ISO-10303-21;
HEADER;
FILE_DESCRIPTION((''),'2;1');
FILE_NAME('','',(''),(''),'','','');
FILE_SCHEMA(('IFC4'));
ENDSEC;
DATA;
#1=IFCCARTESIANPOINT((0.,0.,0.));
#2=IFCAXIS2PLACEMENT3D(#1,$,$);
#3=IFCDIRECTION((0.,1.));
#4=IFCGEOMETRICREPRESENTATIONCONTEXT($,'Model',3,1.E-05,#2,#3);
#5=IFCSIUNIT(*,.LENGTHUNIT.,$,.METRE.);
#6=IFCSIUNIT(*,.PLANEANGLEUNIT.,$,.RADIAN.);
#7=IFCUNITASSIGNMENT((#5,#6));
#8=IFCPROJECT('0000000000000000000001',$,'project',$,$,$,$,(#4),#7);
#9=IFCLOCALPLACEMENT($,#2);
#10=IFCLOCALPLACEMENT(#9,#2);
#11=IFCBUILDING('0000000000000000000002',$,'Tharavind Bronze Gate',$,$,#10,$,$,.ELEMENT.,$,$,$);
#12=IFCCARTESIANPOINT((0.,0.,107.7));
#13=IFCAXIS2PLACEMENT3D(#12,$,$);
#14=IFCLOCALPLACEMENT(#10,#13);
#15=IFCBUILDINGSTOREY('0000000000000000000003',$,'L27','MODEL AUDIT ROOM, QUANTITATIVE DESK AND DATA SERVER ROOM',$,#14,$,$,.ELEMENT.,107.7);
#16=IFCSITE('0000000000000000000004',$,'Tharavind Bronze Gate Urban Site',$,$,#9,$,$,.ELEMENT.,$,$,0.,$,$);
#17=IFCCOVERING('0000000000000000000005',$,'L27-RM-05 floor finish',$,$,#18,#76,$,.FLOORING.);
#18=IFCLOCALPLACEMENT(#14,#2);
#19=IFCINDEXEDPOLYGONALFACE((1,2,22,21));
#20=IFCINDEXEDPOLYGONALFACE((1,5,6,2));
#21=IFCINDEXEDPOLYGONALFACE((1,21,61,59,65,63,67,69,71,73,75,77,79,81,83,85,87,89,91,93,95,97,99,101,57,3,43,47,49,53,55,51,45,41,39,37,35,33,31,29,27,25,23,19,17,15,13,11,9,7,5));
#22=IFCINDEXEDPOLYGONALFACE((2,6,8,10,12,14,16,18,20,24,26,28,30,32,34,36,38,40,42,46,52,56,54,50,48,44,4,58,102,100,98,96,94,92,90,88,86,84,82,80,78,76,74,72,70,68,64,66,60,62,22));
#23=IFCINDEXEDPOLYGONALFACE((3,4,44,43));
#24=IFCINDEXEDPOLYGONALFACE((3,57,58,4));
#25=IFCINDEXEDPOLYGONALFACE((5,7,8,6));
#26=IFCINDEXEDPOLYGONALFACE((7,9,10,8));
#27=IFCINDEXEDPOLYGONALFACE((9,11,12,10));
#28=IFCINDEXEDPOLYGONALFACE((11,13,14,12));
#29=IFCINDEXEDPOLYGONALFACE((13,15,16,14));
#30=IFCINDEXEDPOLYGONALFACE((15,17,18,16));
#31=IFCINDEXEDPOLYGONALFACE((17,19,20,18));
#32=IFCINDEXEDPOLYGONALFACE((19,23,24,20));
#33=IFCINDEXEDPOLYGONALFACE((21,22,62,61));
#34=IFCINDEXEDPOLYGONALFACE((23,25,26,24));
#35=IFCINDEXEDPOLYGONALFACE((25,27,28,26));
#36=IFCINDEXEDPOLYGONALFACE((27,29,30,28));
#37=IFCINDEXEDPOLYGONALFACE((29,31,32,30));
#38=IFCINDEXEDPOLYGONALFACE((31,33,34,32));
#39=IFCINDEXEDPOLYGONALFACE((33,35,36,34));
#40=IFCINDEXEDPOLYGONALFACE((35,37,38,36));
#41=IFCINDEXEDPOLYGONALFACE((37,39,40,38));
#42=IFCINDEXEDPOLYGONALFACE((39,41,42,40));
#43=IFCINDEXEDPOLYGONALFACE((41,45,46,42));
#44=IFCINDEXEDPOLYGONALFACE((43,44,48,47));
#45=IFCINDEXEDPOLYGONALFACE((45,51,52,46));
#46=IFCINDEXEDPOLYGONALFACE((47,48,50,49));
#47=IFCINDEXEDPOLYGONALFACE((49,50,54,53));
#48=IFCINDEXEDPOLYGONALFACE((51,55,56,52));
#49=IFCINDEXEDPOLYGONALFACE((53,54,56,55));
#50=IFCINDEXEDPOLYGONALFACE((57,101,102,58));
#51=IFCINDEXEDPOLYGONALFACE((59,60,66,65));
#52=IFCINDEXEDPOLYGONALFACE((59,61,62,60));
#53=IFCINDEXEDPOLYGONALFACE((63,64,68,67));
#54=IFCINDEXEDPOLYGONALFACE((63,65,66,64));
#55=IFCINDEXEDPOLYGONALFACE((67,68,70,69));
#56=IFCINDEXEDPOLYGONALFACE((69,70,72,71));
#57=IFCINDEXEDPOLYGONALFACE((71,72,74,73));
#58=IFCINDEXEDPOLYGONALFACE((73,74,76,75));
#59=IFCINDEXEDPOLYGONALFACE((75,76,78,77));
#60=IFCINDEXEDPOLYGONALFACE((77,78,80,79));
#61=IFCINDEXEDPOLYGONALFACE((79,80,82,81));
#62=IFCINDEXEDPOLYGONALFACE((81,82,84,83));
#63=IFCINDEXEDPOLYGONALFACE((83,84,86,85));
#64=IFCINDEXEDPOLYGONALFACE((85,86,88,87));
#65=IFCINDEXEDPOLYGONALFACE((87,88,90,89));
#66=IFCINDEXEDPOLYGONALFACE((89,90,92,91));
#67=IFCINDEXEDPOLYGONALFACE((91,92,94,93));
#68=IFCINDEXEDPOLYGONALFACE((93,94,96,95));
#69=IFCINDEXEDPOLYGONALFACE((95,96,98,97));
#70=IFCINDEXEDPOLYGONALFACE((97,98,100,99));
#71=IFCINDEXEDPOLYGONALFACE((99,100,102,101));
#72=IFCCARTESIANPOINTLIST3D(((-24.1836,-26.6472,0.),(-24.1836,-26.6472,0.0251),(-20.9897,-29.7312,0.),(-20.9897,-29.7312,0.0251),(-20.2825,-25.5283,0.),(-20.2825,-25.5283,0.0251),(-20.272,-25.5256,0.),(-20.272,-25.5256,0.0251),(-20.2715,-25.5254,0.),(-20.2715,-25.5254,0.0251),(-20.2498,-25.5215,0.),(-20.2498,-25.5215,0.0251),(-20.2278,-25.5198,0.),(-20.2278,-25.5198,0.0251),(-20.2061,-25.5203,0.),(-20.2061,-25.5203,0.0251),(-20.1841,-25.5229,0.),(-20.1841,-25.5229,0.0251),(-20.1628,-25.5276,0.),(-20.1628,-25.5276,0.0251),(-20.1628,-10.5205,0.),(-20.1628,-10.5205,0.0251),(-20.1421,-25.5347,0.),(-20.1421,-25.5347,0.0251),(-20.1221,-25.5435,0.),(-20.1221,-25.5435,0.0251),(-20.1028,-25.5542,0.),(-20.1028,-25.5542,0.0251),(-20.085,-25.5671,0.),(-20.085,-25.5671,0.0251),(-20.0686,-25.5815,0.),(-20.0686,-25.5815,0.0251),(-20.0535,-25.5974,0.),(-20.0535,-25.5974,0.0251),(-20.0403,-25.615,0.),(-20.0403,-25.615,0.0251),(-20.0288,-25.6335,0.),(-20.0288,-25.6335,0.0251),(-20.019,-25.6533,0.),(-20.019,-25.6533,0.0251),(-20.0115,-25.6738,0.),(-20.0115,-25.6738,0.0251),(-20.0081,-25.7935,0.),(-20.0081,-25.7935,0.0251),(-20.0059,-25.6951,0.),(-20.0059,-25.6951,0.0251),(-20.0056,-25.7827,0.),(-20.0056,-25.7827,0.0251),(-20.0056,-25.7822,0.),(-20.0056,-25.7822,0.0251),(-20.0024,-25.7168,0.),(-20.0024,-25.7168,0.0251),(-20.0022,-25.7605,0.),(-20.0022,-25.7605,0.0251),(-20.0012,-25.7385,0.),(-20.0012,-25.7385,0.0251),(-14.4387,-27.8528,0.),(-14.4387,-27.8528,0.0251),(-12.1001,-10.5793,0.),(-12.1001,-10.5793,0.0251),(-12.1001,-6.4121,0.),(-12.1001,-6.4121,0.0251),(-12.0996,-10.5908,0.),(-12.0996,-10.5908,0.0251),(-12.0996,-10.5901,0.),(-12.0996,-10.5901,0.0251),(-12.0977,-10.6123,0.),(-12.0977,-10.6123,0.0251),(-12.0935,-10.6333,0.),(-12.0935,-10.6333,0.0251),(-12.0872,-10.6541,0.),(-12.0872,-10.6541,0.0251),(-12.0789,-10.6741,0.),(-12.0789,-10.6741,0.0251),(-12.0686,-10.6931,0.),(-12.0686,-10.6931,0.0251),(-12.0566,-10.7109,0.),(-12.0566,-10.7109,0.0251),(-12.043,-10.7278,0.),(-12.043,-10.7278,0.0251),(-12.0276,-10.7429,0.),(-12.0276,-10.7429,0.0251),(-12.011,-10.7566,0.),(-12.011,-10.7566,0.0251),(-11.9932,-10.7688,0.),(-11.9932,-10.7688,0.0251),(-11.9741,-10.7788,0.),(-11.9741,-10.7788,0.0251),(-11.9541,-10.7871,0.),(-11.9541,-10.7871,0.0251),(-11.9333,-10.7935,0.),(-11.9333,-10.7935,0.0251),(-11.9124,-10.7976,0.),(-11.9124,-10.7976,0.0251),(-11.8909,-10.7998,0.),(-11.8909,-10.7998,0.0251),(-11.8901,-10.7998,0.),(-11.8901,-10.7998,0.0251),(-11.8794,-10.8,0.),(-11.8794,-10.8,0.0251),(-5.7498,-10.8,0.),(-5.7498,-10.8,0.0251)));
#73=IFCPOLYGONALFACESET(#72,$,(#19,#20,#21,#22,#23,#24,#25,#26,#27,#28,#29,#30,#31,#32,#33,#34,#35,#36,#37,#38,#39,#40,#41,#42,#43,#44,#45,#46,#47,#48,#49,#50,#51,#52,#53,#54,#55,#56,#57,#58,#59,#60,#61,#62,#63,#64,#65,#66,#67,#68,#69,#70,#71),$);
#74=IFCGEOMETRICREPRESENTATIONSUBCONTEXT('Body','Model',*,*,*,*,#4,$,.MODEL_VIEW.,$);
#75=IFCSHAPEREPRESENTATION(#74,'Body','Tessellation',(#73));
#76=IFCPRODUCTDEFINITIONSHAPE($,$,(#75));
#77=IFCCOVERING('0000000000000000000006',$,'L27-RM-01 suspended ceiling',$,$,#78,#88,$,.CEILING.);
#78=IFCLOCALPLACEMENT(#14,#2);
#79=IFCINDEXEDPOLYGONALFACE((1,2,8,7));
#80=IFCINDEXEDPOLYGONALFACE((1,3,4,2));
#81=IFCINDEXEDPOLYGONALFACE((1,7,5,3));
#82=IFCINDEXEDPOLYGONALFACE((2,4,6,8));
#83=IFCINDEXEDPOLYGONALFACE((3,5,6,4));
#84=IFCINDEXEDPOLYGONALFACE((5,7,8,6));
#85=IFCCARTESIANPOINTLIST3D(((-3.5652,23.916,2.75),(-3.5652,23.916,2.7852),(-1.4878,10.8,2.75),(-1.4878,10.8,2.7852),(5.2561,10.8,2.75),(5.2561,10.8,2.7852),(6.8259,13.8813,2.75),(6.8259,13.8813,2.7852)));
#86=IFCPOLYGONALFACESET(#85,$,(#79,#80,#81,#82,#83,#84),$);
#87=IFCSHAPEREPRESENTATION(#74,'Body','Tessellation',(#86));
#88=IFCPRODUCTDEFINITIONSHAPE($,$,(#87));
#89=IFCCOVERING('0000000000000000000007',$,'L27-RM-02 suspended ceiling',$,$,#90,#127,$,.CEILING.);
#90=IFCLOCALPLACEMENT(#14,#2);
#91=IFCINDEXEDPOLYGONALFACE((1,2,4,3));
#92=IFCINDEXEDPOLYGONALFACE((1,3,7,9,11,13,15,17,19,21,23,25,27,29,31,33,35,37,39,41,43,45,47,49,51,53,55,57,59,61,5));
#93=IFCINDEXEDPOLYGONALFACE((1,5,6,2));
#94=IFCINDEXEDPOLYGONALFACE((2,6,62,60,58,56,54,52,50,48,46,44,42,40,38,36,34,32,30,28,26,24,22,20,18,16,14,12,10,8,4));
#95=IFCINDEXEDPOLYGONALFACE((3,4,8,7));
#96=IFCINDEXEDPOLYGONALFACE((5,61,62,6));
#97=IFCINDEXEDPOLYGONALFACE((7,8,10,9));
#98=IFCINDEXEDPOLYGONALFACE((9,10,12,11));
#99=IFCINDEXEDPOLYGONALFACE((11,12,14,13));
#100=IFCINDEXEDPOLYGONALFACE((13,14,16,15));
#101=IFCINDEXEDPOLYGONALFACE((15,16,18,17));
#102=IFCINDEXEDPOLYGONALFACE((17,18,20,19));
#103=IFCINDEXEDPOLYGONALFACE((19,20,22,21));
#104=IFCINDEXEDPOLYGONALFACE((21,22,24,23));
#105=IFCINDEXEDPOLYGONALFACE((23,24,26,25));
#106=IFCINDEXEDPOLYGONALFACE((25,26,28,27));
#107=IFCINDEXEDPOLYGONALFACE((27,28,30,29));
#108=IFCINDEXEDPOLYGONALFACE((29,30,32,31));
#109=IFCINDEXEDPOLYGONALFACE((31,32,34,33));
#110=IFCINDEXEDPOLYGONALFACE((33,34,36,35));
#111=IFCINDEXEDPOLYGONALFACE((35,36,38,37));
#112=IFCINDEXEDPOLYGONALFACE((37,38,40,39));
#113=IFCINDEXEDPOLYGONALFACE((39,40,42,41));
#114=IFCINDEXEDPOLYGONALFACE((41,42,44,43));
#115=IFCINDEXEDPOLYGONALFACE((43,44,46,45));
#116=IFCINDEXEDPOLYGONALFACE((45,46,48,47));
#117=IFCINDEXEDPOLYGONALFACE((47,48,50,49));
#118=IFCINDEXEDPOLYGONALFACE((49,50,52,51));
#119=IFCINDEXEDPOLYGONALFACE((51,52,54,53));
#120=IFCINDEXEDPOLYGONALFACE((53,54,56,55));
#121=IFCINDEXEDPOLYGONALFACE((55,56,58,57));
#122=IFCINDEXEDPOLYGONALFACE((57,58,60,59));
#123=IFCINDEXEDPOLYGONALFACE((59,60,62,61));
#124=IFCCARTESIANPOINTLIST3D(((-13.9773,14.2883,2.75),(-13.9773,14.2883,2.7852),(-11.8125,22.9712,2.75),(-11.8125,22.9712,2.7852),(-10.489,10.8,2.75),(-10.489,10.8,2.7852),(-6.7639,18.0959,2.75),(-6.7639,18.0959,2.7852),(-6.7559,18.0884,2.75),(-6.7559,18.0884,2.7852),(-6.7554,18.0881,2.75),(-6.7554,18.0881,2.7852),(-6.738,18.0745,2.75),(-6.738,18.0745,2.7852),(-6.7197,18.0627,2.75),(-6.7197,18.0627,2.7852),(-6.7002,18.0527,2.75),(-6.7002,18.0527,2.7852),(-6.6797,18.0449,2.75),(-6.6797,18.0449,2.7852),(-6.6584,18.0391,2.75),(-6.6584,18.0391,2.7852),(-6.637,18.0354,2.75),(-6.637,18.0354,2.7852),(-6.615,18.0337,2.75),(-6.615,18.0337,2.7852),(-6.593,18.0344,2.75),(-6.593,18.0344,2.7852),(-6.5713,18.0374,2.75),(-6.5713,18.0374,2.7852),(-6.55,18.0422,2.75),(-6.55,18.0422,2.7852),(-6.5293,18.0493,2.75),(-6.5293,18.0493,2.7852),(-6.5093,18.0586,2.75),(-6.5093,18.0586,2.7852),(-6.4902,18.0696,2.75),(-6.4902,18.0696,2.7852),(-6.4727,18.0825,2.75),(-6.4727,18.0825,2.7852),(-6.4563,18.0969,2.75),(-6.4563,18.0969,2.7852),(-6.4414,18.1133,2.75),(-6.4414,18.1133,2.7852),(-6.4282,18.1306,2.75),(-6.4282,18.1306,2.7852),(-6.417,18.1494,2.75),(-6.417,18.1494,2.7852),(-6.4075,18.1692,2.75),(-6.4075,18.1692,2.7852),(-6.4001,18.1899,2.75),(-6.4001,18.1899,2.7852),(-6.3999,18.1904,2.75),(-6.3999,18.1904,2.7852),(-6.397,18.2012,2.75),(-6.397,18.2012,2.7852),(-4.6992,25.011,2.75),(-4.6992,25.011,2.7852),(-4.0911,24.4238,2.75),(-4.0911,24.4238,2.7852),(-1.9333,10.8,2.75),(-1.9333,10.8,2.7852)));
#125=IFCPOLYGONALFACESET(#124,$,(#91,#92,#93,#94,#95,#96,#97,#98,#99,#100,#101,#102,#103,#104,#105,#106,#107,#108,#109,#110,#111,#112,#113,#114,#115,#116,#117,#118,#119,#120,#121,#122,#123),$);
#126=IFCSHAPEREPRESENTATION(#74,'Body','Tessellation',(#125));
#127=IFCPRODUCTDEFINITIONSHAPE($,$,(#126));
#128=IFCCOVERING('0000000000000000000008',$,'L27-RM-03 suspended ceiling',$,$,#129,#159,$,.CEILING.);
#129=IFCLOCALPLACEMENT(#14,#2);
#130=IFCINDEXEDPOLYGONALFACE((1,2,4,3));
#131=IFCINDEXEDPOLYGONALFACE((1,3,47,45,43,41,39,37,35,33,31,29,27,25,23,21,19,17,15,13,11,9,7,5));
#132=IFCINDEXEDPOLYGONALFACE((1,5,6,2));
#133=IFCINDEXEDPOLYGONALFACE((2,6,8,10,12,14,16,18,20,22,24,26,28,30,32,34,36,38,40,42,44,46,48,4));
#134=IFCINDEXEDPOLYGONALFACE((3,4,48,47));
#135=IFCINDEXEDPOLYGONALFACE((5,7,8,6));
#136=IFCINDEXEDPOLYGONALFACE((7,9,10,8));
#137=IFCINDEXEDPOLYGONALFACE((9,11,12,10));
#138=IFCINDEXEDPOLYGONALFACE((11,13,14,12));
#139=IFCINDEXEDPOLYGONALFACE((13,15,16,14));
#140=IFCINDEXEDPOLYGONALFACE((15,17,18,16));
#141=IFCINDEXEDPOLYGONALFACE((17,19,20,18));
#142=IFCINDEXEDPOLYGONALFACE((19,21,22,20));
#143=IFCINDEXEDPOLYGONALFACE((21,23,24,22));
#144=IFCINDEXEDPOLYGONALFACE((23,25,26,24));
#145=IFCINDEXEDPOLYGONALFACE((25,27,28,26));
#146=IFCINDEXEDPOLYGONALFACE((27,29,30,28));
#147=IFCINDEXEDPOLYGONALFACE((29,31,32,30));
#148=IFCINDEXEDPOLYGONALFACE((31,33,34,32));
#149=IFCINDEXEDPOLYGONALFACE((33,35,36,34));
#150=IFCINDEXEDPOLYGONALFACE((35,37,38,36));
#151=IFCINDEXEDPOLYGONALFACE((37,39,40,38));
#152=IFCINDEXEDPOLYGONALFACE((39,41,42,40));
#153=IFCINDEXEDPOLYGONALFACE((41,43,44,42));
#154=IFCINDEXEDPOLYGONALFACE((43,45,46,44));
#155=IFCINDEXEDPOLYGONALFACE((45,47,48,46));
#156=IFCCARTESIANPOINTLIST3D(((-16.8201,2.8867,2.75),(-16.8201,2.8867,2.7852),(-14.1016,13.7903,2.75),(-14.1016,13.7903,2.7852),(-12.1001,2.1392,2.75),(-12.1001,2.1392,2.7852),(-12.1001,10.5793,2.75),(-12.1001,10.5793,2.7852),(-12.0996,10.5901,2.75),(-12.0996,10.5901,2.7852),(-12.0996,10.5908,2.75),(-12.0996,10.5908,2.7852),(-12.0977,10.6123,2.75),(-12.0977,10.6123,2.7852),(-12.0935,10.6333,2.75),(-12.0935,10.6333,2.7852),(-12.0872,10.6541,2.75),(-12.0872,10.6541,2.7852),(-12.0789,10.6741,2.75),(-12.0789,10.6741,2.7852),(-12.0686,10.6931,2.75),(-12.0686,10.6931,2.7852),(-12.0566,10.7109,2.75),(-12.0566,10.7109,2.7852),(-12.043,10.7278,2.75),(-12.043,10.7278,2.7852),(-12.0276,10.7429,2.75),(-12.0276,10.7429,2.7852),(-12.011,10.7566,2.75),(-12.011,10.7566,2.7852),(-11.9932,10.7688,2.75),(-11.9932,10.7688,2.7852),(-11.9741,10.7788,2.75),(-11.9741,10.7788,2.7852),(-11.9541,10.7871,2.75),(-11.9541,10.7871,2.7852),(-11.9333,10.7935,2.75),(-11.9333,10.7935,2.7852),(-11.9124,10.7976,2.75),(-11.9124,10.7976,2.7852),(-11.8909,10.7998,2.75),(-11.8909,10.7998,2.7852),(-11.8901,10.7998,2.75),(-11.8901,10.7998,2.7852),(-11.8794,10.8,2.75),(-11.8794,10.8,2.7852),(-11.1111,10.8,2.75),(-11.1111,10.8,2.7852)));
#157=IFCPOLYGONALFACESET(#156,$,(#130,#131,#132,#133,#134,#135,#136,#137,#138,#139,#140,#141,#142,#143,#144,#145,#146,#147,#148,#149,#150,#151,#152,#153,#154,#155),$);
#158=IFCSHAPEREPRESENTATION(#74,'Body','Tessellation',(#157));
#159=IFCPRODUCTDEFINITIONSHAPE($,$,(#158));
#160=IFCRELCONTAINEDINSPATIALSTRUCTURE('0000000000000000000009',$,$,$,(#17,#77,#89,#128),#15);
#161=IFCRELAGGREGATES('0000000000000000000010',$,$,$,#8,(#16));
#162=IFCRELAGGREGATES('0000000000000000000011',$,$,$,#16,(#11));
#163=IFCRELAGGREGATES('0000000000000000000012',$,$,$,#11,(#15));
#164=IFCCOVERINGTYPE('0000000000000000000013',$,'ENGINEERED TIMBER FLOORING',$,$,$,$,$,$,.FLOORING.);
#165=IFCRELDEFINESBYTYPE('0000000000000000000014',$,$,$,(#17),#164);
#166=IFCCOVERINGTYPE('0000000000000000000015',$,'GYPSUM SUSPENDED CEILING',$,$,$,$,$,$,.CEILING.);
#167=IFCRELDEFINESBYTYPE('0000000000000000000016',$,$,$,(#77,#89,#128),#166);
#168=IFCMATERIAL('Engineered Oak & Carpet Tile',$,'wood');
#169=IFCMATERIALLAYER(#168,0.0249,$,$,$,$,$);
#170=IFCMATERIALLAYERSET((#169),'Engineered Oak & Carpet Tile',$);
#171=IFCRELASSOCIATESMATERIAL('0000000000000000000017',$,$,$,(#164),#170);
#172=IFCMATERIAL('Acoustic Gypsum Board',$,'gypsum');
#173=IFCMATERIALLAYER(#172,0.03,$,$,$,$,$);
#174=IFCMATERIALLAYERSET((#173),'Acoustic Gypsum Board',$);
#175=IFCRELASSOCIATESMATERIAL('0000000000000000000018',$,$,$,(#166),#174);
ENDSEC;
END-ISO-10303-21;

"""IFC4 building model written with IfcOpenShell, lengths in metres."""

from ifc_helpers import new_model, si_unit, direction, frame, origin, place, context, subcontext, project, spatial, polyline, outline, extrude, material, layer, layer_set, type_object, element, save


model = new_model("IFC4")

# Units and contexts
model_context = context("Model", 3, precision=1e-05, world=origin(), true_north=direction((0.0, 1.0)))
body_context = subcontext(model_context, "Body", "Model", "MODEL_VIEW")
ifc_project = project(units=[si_unit("LENGTHUNIT", "METRE"), si_unit("PLANEANGLEUNIT", "RADIAN")], contexts=[model_context])

# Site, building, storey
site_placement = place(None, origin())
site = spatial("IfcSite", under=ifc_project, at=site_placement, Name="Tharavind Bronze Gate Urban Site", CompositionType="ELEMENT", RefElevation=0.0)
building_placement = place(site_placement, origin())
building = spatial("IfcBuilding", under=site, at=building_placement, Name="Tharavind Bronze Gate", CompositionType="ELEMENT")
storey_placement = place(building_placement, frame((0.0, 0.0, 107.7)))
storey = spatial("IfcBuildingStorey", under=building, at=storey_placement, Name="L27", Description="MODEL AUDIT ROOM, QUANTITATIVE DESK AND DATA SERVER ROOM", CompositionType="ELEMENT", Elevation=107.7)

# Coverings
ifc_material_1 = material(Name="Engineered Oak & Carpet Tile", Category="wood")
ifc_layer_1 = layer(ifc_material_1, 0.0249)
ifc_layer_set_1 = layer_set([ifc_layer_1], Name="Engineered Oak & Carpet Tile")
covering_type_1 = type_object("IfcCoveringType", Name="ENGINEERED TIMBER FLOORING", PredefinedType="FLOORING", material=ifc_layer_set_1)
covering_1_placement = place(storey_placement, origin())
element("IfcCovering", 1, at=covering_1_placement, inside=storey, type_object=covering_type_1, Name="L27-RM-05 floor finish", PredefinedType="FLOORING", context=body_context, shape_type="SweptSolid", body=[
    extrude(outline(polyline([(-20.2825, -25.5283), (-20.272, -25.5256), (-20.2715, -25.5254), (-20.2498, -25.5215), (-20.2278, -25.5198), (-20.2061, -25.5203), (-20.1841, -25.5229), (-20.1628, -25.5276), (-20.1421, -25.5347), (-20.1221, -25.5435), (-20.1028, -25.5542), (-20.085, -25.5671), (-20.0686, -25.5815), (-20.0535, -25.5974), (-20.0403, -25.615), (-20.0288, -25.6335), (-20.019, -25.6533), (-20.0115, -25.6738), (-20.0059, -25.6951), (-20.0024, -25.7168), (-20.0012, -25.7385), (-20.0022, -25.7605), (-20.0056, -25.7822), (-20.0056, -25.7827), (-20.0081, -25.7935), (-20.9897, -29.7312), (-14.4387, -27.8528), (-5.7498, -10.8), (-11.8794, -10.8), (-11.8901, -10.7998), (-11.8909, -10.7998), (-11.9124, -10.7976), (-11.9333, -10.7935), (-11.9541, -10.7871), (-11.9741, -10.7788), (-11.9932, -10.7688), (-12.011, -10.7566), (-12.0276, -10.7429), (-12.043, -10.7278), (-12.0566, -10.7109), (-12.0686, -10.6931), (-12.0789, -10.6741), (-12.0872, -10.6541), (-12.0935, -10.6333), (-12.0977, -10.6123), (-12.0996, -10.5908), (-12.0996, -10.5901), (-12.1001, -10.5793), (-12.1001, -6.4121), (-20.1628, -10.5205), (-24.1836, -26.6472), (-20.2825, -25.5283)])), origin(), (0.0, 0.0, 1.0), 0.0251),
])
ifc_material_2 = material(Name="Acoustic Gypsum Board", Category="gypsum")
ifc_layer_2 = layer(ifc_material_2, 0.03)
ifc_layer_set_2 = layer_set([ifc_layer_2], Name="Acoustic Gypsum Board")
covering_type_2 = type_object("IfcCoveringType", Name="GYPSUM SUSPENDED CEILING", PredefinedType="CEILING", material=ifc_layer_set_2)
covering_2_placement = place(storey_placement, frame((0.0, 0.0, 2.75)))
element("IfcCovering", 2, at=covering_2_placement, inside=storey, type_object=covering_type_2, Name="L27-RM-01 suspended ceiling", PredefinedType="CEILING", context=body_context, shape_type="SweptSolid", body=[
    extrude(outline(polyline([(-1.4878, 10.8), (5.2561, 10.8), (6.8259, 13.8813), (-3.5652, 23.916), (-1.4878, 10.8)])), origin(), (0.0, 0.0, 1.0), 0.0352),
])
covering_3_placement = place(storey_placement, frame((0.0, 0.0, 2.75)))
element("IfcCovering", 3, at=covering_3_placement, inside=storey, type_object=covering_type_2, Name="L27-RM-02 suspended ceiling", PredefinedType="CEILING", context=body_context, shape_type="SweptSolid", body=[
    extrude(outline(polyline([(-10.489, 10.8), (-1.9333, 10.8), (-4.0911, 24.4238), (-4.6992, 25.011), (-6.397, 18.2012), (-6.3999, 18.1904), (-6.4001, 18.1899), (-6.4075, 18.1692), (-6.417, 18.1494), (-6.4282, 18.1306), (-6.4414, 18.1133), (-6.4563, 18.0969), (-6.4727, 18.0825), (-6.4902, 18.0696), (-6.5093, 18.0586), (-6.5293, 18.0493), (-6.55, 18.0422), (-6.5713, 18.0374), (-6.593, 18.0344), (-6.615, 18.0337), (-6.637, 18.0354), (-6.6584, 18.0391), (-6.6797, 18.0449), (-6.7002, 18.0527), (-6.7197, 18.0627), (-6.738, 18.0745), (-6.7554, 18.0881), (-6.7559, 18.0884), (-6.7639, 18.0959), (-11.8125, 22.9712), (-13.9773, 14.2883), (-10.489, 10.8)])), origin(), (0.0, 0.0, 1.0), 0.0352),
])
covering_4_placement = place(storey_placement, frame((0.0, 0.0, 2.75)))
element("IfcCovering", 4, at=covering_4_placement, inside=storey, type_object=covering_type_2, Name="L27-RM-03 suspended ceiling", PredefinedType="CEILING", context=body_context, shape_type="SweptSolid", body=[
    extrude(outline(polyline([(-12.1001, 2.1392), (-12.1001, 10.5793), (-12.0996, 10.5901), (-12.0996, 10.5908), (-12.0977, 10.6123), (-12.0935, 10.6333), (-12.0872, 10.6541), (-12.0789, 10.6741), (-12.0686, 10.6931), (-12.0566, 10.7109), (-12.043, 10.7278), (-12.0276, 10.7429), (-12.011, 10.7566), (-11.9932, 10.7688), (-11.9741, 10.7788), (-11.9541, 10.7871), (-11.9333, 10.7935), (-11.9124, 10.7976), (-11.8909, 10.7998), (-11.8901, 10.7998), (-11.8794, 10.8), (-11.1111, 10.8), (-14.1016, 13.7903), (-16.8201, 2.8867), (-12.1001, 2.1392)])), origin(), (0.0, 0.0, 1.0), 0.0352),
])

save(model, "model.ifc")
